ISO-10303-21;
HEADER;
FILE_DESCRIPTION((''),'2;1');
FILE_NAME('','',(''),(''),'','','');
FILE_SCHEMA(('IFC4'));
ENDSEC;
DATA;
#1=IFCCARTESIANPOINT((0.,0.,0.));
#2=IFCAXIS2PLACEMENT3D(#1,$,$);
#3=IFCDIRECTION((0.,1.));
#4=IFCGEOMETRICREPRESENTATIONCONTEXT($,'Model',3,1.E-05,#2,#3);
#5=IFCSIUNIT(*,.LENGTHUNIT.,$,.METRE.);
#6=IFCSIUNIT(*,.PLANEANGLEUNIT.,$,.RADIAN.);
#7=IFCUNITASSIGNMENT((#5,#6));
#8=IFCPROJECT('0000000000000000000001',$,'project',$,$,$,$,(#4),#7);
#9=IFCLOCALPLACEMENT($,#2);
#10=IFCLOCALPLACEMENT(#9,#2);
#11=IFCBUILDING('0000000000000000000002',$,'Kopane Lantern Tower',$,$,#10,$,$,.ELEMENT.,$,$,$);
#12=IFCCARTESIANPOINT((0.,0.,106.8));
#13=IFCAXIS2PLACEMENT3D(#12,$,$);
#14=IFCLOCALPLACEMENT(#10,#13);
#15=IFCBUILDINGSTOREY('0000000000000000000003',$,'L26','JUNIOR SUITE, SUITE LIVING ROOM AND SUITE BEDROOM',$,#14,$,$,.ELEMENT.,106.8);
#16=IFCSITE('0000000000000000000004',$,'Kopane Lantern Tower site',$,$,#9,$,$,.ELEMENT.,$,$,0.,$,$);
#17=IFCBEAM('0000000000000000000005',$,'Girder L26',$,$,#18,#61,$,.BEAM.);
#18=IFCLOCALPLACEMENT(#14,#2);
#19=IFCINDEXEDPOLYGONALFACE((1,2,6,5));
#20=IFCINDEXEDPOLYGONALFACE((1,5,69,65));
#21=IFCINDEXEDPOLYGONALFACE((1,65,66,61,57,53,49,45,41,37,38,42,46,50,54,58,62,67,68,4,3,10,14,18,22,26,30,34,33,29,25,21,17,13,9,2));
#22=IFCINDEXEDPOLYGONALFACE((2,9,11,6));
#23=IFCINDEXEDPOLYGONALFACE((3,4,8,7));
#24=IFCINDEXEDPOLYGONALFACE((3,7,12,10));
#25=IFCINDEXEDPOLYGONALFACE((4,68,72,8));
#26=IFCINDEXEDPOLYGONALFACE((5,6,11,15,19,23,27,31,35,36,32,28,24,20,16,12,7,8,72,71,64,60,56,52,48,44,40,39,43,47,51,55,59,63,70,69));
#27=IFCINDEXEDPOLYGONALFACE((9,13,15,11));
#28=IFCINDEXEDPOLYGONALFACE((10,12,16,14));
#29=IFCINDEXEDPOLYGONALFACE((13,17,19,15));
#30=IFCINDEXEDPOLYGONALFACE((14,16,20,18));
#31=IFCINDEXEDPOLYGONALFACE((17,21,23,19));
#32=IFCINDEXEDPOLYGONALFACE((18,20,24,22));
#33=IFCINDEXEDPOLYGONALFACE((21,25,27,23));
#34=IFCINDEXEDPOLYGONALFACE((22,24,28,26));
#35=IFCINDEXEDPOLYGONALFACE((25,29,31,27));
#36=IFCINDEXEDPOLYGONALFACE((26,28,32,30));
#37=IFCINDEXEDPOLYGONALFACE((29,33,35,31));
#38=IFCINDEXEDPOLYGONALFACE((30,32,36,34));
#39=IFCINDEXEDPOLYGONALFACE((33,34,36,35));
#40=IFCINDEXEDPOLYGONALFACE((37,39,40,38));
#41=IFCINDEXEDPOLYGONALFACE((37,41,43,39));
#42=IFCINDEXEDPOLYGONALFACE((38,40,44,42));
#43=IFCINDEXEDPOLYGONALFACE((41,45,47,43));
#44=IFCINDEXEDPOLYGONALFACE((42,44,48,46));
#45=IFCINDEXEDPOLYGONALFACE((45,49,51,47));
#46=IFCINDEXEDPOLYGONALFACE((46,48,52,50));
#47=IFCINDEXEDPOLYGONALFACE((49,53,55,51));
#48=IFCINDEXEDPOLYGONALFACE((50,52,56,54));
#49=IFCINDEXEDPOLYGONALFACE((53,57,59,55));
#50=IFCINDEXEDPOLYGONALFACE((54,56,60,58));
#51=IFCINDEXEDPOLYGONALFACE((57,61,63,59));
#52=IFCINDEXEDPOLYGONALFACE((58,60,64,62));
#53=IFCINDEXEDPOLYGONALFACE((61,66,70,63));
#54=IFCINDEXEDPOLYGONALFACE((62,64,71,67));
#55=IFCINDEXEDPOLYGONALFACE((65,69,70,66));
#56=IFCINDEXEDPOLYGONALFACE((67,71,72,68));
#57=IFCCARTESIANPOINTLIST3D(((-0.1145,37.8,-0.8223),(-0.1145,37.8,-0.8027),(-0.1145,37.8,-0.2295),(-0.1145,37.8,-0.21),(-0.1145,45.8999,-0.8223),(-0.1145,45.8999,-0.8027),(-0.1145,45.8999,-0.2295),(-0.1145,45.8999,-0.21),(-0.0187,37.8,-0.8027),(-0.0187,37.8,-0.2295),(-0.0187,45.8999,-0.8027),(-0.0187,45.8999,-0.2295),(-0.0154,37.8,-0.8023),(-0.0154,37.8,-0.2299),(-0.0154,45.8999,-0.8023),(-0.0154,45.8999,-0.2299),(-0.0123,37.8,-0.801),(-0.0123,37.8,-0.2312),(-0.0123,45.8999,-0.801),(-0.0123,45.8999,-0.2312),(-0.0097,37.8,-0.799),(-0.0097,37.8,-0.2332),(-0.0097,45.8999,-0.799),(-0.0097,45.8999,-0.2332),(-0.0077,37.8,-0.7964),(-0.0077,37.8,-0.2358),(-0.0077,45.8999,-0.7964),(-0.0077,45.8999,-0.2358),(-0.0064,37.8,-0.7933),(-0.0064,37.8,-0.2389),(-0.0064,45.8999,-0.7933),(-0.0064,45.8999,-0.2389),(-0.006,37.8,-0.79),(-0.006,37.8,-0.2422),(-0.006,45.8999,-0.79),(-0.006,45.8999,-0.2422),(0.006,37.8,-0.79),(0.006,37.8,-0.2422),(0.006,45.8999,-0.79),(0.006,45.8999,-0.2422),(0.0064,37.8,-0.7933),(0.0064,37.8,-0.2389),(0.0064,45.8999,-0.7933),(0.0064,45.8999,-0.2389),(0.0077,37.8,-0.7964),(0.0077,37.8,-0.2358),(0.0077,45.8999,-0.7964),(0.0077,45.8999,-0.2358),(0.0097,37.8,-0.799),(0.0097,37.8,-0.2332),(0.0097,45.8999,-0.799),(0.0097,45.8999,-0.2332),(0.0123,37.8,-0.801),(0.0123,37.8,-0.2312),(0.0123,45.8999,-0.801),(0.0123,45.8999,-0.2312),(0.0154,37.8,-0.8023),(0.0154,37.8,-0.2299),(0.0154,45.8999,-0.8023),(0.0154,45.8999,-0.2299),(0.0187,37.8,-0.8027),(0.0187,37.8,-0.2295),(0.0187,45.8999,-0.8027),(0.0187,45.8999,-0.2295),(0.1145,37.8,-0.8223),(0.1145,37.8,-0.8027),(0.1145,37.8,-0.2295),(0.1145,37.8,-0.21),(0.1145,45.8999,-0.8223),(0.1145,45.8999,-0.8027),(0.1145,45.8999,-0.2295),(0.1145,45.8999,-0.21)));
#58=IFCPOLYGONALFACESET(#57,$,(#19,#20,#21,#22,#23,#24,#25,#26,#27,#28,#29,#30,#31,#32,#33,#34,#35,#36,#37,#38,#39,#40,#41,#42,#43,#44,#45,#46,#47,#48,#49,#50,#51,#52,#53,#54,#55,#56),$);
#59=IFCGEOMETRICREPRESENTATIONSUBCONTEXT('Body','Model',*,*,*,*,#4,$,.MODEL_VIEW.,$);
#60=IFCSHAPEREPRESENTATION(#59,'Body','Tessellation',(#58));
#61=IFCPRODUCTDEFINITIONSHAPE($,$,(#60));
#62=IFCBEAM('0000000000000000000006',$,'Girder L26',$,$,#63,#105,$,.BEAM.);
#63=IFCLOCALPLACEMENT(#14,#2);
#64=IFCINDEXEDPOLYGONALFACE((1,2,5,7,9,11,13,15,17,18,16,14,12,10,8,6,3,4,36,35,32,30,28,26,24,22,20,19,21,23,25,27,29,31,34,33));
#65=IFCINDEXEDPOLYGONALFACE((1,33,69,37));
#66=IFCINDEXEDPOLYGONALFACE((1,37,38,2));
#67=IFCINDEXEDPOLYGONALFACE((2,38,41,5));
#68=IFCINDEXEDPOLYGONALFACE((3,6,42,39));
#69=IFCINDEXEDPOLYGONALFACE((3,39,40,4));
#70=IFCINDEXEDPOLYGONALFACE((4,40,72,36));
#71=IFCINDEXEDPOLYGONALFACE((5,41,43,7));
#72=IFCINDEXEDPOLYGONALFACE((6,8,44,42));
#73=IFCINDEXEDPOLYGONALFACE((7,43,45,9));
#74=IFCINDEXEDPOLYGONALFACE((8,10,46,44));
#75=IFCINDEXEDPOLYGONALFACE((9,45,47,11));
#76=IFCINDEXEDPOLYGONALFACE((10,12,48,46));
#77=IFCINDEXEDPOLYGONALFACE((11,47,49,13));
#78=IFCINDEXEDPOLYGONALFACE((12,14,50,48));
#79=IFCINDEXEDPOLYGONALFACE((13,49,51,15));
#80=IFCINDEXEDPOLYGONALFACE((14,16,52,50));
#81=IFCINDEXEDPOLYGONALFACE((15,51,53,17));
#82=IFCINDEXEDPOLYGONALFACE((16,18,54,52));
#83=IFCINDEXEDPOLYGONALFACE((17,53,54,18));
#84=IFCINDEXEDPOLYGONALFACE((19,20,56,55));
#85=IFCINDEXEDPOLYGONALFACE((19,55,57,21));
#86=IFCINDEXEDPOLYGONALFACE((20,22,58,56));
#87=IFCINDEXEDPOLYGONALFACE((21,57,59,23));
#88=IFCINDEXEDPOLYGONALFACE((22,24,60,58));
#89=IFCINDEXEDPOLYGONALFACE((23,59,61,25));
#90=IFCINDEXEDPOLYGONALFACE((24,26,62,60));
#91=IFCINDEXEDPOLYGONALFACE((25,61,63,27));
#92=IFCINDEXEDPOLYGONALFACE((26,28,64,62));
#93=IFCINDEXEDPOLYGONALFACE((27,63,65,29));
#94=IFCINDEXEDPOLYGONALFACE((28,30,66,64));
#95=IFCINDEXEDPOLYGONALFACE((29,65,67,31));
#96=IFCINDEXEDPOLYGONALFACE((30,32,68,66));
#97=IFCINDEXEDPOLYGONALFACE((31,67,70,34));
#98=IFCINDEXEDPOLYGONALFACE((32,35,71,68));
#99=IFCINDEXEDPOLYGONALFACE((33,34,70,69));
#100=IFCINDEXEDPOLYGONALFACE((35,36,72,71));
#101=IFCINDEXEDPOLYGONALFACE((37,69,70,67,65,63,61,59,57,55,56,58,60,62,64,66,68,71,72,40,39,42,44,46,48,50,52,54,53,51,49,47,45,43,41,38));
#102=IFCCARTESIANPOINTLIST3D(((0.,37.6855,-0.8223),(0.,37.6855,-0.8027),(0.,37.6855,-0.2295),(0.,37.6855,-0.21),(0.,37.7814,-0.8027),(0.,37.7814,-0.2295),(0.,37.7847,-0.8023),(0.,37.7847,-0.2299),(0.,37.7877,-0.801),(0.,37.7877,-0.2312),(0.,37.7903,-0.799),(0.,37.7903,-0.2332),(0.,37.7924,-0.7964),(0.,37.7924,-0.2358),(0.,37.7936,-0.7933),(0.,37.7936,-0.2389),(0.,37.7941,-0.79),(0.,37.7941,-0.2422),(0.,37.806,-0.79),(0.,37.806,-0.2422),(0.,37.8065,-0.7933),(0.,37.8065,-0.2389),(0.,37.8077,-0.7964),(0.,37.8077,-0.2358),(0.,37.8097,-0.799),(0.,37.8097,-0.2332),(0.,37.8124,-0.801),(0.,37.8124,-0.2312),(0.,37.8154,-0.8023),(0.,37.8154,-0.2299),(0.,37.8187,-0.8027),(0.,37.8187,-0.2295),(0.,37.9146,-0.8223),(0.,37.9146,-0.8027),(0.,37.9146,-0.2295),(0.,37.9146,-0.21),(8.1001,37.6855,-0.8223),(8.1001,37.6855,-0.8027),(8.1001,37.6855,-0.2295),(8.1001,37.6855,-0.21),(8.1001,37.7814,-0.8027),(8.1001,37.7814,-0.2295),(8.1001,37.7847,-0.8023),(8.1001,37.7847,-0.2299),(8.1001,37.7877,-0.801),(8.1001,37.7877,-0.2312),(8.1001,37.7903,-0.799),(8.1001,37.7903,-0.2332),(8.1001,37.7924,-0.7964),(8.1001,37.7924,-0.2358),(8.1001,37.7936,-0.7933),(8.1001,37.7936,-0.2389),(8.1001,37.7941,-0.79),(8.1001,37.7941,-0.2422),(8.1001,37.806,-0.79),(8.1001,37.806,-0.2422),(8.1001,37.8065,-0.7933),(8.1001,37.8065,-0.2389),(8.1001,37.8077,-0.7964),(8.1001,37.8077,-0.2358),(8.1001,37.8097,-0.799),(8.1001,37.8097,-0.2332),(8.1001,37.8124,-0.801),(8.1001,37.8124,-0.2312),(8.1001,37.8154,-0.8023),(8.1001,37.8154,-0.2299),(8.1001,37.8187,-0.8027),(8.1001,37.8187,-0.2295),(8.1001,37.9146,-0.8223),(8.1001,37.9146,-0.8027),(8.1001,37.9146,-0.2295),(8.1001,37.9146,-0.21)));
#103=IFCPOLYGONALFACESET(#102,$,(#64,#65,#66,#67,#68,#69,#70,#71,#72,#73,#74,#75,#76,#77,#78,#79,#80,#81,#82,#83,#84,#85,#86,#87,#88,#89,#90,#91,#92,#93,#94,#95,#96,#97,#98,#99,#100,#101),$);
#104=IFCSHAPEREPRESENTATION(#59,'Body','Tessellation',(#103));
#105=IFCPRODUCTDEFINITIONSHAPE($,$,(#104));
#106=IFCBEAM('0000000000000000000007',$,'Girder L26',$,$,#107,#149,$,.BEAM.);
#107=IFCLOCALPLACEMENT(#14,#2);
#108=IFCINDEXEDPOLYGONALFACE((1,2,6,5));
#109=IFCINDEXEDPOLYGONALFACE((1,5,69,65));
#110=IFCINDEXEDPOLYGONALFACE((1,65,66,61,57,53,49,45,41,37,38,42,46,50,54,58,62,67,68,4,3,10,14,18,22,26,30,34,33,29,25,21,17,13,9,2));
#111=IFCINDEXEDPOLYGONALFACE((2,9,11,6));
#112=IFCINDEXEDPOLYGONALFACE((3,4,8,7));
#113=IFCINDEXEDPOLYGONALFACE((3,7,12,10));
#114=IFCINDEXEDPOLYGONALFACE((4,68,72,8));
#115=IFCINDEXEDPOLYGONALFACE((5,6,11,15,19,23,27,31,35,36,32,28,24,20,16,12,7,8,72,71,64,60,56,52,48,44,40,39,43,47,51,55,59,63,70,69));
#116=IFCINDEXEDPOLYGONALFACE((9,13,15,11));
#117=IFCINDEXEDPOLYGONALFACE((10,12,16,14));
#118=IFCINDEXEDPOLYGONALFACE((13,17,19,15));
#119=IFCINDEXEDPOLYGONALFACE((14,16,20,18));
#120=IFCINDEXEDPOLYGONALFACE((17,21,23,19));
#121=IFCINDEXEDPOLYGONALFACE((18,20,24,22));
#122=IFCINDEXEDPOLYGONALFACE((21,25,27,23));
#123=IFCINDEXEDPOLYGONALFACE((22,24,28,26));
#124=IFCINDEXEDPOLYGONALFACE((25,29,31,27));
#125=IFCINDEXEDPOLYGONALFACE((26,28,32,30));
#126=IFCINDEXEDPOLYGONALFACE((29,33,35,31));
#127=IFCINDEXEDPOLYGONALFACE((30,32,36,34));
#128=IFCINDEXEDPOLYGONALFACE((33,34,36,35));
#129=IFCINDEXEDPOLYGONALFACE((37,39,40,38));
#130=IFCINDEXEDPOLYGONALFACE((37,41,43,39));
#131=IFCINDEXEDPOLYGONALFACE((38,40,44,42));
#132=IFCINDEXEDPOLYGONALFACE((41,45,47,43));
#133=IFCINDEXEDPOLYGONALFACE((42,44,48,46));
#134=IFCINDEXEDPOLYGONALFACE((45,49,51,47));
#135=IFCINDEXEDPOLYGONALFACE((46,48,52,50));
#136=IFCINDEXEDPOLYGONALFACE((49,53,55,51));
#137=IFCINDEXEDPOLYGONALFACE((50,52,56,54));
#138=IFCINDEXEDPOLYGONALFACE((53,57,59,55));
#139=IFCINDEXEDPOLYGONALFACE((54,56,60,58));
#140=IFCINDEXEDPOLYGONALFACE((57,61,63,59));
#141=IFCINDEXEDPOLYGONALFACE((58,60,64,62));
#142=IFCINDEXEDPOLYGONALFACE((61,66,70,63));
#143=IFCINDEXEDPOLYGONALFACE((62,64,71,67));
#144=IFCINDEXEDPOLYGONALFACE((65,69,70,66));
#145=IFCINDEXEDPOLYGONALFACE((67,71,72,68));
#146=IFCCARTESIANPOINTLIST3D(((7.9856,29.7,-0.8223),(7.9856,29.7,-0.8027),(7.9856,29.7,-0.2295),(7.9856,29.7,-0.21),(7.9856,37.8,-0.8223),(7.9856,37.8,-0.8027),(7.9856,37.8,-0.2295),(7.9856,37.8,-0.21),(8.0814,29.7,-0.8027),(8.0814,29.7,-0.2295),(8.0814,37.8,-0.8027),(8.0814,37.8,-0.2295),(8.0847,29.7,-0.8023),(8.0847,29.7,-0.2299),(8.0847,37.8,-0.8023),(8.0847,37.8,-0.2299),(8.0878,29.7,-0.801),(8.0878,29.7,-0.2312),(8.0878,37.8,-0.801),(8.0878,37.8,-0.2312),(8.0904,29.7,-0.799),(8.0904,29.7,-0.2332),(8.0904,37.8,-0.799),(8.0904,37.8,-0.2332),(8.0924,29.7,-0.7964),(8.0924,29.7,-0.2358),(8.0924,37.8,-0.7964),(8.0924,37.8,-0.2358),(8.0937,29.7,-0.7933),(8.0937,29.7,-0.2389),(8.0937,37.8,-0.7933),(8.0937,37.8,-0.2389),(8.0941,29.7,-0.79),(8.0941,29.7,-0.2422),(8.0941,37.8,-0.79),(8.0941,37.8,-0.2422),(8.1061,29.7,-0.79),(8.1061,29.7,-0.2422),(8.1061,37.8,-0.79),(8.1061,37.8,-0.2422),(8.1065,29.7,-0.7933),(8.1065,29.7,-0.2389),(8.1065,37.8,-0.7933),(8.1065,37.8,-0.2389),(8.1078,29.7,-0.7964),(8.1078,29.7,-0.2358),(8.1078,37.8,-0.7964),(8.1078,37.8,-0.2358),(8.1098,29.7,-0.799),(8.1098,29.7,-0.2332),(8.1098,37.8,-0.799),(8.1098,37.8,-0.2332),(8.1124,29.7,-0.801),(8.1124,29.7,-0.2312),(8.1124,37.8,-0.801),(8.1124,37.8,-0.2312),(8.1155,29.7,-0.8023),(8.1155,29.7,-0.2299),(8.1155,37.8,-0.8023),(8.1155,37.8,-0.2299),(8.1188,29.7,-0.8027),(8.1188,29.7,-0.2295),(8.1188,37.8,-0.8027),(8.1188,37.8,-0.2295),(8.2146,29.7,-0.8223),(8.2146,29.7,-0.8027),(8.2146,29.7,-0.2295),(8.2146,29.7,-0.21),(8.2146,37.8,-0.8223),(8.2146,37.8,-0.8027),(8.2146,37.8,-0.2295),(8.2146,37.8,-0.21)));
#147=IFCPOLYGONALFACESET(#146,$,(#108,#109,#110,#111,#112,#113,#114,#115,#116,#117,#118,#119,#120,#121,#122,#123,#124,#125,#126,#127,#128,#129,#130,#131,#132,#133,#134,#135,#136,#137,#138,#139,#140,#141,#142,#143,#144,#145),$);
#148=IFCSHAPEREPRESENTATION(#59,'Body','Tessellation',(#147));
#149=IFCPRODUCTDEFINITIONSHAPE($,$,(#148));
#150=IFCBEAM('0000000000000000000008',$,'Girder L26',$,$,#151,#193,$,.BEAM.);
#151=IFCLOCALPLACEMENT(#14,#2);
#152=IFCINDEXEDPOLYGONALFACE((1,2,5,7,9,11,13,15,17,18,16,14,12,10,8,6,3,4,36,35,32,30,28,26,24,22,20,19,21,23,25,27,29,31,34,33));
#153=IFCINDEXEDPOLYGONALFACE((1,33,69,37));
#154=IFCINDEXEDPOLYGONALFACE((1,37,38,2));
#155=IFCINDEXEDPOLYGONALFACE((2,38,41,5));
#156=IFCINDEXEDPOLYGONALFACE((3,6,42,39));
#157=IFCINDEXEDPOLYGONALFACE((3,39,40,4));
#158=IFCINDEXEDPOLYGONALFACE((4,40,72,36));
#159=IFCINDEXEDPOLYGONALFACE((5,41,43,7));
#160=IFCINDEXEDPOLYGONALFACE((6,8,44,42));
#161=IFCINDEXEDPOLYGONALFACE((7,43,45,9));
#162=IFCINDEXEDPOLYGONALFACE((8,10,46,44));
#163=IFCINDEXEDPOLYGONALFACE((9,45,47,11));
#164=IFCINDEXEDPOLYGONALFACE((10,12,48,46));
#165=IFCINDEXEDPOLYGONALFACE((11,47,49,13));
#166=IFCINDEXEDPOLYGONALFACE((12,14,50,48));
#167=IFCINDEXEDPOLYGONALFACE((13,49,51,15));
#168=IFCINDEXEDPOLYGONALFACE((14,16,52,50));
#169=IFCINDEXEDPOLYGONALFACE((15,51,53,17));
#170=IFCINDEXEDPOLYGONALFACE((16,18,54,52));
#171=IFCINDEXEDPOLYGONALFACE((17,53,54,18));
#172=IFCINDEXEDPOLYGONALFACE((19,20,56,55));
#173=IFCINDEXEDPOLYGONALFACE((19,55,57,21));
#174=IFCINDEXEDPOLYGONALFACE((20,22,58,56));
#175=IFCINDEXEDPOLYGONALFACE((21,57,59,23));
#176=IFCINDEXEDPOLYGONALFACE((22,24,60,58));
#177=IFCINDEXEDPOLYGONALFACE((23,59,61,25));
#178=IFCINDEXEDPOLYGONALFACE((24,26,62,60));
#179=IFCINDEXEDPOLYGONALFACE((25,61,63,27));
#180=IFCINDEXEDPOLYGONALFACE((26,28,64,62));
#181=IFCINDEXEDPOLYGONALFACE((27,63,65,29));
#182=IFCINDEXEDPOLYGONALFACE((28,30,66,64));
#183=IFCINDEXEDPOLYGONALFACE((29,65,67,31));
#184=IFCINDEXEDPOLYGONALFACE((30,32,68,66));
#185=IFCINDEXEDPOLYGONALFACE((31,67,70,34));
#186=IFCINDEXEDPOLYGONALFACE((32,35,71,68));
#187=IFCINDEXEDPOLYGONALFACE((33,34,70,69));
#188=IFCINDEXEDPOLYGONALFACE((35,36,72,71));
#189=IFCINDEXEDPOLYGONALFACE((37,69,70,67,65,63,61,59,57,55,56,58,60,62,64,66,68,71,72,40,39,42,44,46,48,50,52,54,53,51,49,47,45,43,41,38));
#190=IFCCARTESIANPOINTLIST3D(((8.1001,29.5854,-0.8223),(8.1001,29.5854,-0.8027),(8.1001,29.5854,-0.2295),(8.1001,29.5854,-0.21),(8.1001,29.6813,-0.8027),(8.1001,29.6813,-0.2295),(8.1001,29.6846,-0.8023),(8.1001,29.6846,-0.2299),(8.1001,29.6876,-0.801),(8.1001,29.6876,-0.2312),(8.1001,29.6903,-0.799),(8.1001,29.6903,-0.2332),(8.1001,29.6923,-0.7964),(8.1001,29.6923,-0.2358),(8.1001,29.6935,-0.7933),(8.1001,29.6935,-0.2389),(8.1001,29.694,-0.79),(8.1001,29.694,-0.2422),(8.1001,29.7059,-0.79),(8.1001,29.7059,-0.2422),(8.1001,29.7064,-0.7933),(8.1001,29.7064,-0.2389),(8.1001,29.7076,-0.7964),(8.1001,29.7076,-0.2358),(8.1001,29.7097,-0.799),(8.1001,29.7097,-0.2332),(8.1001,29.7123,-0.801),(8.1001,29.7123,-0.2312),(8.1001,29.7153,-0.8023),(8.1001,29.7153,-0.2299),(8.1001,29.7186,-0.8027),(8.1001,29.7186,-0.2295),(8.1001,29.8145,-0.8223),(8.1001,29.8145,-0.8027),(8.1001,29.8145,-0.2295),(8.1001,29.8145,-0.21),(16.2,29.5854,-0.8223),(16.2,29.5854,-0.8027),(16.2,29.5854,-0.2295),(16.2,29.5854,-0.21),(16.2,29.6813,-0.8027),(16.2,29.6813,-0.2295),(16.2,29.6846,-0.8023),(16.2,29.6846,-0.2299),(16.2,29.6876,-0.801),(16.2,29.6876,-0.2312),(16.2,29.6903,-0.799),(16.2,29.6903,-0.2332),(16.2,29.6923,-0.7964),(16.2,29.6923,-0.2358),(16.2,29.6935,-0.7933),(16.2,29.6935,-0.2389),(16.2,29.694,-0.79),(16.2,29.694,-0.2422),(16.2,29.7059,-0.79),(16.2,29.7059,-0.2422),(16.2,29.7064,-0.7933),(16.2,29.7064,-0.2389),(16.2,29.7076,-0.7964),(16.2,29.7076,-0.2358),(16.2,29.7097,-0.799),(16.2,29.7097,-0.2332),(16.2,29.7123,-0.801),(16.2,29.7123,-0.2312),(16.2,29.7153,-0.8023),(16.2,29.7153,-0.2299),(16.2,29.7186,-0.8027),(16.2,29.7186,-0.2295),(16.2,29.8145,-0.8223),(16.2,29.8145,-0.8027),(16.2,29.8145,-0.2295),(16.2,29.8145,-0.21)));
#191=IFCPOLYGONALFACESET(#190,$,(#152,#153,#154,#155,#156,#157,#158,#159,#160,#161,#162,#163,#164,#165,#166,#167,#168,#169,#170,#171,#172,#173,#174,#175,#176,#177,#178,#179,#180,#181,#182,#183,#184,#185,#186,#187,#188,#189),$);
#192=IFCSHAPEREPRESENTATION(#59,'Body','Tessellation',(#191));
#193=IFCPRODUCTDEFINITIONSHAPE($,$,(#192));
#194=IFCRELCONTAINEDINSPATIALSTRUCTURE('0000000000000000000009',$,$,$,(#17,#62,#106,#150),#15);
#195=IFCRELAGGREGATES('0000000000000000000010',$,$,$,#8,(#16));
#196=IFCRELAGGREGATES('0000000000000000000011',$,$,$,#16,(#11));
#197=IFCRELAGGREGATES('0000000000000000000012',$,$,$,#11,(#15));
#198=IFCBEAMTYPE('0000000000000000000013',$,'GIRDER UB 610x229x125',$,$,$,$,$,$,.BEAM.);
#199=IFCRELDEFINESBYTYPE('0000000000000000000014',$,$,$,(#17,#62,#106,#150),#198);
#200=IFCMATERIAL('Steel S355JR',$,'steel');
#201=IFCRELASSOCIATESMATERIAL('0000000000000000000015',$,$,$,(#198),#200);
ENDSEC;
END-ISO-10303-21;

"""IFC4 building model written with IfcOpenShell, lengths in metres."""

from ifc_helpers import new_model, si_unit, direction, frame, origin, origin_2d, place, context, subcontext, project, spatial, i_section, extrude, material, material_profile, profile_set, type_object, element, save


model = new_model("IFC4")

# Units and contexts
model_context = context("Model", 3, precision=1e-05, world=origin(), true_north=direction((0.0, 1.0)))
body_context = subcontext(model_context, "Body", "Model", "MODEL_VIEW")
ifc_project = project(units=[si_unit("LENGTHUNIT", "METRE"), si_unit("PLANEANGLEUNIT", "RADIAN")], contexts=[model_context])

# Site, building, storey
site_placement = place(None, origin())
site = spatial("IfcSite", under=ifc_project, at=site_placement, Name="Kopane Lantern Tower site", CompositionType="ELEMENT", RefElevation=0.0)
building_placement = place(site_placement, origin())
building = spatial("IfcBuilding", under=site, at=building_placement, Name="Kopane Lantern Tower", CompositionType="ELEMENT")
storey_placement = place(building_placement, frame((0.0, 0.0, 106.8)))
storey = spatial("IfcBuildingStorey", under=building, at=storey_placement, Name="L26", Description="JUNIOR SUITE, SUITE LIVING ROOM AND SUITE BEDROOM", CompositionType="ELEMENT", Elevation=106.8)

# Beams
ifc_material_1 = material(Name="Steel S355JR", Category="steel")
ifc_material_profile_1 = material_profile(ifc_material_1, i_section(OverallWidth=0.229, OverallDepth=0.6123, WebThickness=0.012, FlangeThickness=0.0195, FilletRadius=0.0127, at=origin_2d()), Name="UB 610x229x125")
ifc_profile_set_1 = profile_set([ifc_material_profile_1], Name="Steel S355JR")
beam_type = type_object("IfcBeamType", Name="GIRDER UB 610x229x125", PredefinedType="BEAM", material=ifc_profile_set_1)
beam_placement = place(storey_placement, frame((0.0, 37.8, -0.5161), z_axis=(0.0, 1.0, 0.0), x_axis=(-1.0, 0.0, 0.0)))
element("IfcBeam", 1, at=beam_placement, inside=storey, type_object=beam_type, Name="Girder L26", PredefinedType="BEAM", context=body_context, shape_type="SweptSolid", body=[
    extrude(i_section(OverallWidth=0.229, OverallDepth=0.6123, WebThickness=0.012, FlangeThickness=0.0195, FilletRadius=0.0127, at=origin_2d()), origin(), (0.0, 0.0, 1.0), 8.0999),
])
for number, where, z_axis, x_axis, name in (
    (2, (0.0, 37.8, -0.5161), (1.0, 0.0, 0.0), (0.0, 1.0, 0.0), "Girder L26"),
    (3, (8.1001, 29.7, -0.5161), (0.0, 1.0, 0.0), (-1.0, 0.0, 0.0), "Girder L26"),
):
    element("IfcBeam", number, at=place(storey_placement, frame(where, z_axis=z_axis, x_axis=x_axis)), inside=storey, type_object=beam_type, Name=name, PredefinedType="BEAM", context=body_context, shape_type="SweptSolid", body=[
        extrude(i_section(OverallWidth=0.229, OverallDepth=0.6123, WebThickness=0.012, FlangeThickness=0.0195, FilletRadius=0.0127, at=origin_2d()), origin(), (0.0, 0.0, 1.0), 8.1001),
    ])
for number, where, z_axis, x_axis, name in (
    (4, (8.1001, 29.7, -0.5161), (1.0, 0.0, 0.0), (0.0, 1.0, 0.0), "Girder L26"),
):
    element("IfcBeam", number, at=place(storey_placement, frame(where, z_axis=z_axis, x_axis=x_axis)), inside=storey, type_object=beam_type, Name=name, PredefinedType="BEAM", context=body_context, shape_type="SweptSolid", body=[
        extrude(i_section(OverallWidth=0.229, OverallDepth=0.6123, WebThickness=0.012, FlangeThickness=0.0195, FilletRadius=0.0127, at=origin_2d()), origin(), (0.0, 0.0, 1.0), 8.0999),
    ])

save(model, "model.ifc")
